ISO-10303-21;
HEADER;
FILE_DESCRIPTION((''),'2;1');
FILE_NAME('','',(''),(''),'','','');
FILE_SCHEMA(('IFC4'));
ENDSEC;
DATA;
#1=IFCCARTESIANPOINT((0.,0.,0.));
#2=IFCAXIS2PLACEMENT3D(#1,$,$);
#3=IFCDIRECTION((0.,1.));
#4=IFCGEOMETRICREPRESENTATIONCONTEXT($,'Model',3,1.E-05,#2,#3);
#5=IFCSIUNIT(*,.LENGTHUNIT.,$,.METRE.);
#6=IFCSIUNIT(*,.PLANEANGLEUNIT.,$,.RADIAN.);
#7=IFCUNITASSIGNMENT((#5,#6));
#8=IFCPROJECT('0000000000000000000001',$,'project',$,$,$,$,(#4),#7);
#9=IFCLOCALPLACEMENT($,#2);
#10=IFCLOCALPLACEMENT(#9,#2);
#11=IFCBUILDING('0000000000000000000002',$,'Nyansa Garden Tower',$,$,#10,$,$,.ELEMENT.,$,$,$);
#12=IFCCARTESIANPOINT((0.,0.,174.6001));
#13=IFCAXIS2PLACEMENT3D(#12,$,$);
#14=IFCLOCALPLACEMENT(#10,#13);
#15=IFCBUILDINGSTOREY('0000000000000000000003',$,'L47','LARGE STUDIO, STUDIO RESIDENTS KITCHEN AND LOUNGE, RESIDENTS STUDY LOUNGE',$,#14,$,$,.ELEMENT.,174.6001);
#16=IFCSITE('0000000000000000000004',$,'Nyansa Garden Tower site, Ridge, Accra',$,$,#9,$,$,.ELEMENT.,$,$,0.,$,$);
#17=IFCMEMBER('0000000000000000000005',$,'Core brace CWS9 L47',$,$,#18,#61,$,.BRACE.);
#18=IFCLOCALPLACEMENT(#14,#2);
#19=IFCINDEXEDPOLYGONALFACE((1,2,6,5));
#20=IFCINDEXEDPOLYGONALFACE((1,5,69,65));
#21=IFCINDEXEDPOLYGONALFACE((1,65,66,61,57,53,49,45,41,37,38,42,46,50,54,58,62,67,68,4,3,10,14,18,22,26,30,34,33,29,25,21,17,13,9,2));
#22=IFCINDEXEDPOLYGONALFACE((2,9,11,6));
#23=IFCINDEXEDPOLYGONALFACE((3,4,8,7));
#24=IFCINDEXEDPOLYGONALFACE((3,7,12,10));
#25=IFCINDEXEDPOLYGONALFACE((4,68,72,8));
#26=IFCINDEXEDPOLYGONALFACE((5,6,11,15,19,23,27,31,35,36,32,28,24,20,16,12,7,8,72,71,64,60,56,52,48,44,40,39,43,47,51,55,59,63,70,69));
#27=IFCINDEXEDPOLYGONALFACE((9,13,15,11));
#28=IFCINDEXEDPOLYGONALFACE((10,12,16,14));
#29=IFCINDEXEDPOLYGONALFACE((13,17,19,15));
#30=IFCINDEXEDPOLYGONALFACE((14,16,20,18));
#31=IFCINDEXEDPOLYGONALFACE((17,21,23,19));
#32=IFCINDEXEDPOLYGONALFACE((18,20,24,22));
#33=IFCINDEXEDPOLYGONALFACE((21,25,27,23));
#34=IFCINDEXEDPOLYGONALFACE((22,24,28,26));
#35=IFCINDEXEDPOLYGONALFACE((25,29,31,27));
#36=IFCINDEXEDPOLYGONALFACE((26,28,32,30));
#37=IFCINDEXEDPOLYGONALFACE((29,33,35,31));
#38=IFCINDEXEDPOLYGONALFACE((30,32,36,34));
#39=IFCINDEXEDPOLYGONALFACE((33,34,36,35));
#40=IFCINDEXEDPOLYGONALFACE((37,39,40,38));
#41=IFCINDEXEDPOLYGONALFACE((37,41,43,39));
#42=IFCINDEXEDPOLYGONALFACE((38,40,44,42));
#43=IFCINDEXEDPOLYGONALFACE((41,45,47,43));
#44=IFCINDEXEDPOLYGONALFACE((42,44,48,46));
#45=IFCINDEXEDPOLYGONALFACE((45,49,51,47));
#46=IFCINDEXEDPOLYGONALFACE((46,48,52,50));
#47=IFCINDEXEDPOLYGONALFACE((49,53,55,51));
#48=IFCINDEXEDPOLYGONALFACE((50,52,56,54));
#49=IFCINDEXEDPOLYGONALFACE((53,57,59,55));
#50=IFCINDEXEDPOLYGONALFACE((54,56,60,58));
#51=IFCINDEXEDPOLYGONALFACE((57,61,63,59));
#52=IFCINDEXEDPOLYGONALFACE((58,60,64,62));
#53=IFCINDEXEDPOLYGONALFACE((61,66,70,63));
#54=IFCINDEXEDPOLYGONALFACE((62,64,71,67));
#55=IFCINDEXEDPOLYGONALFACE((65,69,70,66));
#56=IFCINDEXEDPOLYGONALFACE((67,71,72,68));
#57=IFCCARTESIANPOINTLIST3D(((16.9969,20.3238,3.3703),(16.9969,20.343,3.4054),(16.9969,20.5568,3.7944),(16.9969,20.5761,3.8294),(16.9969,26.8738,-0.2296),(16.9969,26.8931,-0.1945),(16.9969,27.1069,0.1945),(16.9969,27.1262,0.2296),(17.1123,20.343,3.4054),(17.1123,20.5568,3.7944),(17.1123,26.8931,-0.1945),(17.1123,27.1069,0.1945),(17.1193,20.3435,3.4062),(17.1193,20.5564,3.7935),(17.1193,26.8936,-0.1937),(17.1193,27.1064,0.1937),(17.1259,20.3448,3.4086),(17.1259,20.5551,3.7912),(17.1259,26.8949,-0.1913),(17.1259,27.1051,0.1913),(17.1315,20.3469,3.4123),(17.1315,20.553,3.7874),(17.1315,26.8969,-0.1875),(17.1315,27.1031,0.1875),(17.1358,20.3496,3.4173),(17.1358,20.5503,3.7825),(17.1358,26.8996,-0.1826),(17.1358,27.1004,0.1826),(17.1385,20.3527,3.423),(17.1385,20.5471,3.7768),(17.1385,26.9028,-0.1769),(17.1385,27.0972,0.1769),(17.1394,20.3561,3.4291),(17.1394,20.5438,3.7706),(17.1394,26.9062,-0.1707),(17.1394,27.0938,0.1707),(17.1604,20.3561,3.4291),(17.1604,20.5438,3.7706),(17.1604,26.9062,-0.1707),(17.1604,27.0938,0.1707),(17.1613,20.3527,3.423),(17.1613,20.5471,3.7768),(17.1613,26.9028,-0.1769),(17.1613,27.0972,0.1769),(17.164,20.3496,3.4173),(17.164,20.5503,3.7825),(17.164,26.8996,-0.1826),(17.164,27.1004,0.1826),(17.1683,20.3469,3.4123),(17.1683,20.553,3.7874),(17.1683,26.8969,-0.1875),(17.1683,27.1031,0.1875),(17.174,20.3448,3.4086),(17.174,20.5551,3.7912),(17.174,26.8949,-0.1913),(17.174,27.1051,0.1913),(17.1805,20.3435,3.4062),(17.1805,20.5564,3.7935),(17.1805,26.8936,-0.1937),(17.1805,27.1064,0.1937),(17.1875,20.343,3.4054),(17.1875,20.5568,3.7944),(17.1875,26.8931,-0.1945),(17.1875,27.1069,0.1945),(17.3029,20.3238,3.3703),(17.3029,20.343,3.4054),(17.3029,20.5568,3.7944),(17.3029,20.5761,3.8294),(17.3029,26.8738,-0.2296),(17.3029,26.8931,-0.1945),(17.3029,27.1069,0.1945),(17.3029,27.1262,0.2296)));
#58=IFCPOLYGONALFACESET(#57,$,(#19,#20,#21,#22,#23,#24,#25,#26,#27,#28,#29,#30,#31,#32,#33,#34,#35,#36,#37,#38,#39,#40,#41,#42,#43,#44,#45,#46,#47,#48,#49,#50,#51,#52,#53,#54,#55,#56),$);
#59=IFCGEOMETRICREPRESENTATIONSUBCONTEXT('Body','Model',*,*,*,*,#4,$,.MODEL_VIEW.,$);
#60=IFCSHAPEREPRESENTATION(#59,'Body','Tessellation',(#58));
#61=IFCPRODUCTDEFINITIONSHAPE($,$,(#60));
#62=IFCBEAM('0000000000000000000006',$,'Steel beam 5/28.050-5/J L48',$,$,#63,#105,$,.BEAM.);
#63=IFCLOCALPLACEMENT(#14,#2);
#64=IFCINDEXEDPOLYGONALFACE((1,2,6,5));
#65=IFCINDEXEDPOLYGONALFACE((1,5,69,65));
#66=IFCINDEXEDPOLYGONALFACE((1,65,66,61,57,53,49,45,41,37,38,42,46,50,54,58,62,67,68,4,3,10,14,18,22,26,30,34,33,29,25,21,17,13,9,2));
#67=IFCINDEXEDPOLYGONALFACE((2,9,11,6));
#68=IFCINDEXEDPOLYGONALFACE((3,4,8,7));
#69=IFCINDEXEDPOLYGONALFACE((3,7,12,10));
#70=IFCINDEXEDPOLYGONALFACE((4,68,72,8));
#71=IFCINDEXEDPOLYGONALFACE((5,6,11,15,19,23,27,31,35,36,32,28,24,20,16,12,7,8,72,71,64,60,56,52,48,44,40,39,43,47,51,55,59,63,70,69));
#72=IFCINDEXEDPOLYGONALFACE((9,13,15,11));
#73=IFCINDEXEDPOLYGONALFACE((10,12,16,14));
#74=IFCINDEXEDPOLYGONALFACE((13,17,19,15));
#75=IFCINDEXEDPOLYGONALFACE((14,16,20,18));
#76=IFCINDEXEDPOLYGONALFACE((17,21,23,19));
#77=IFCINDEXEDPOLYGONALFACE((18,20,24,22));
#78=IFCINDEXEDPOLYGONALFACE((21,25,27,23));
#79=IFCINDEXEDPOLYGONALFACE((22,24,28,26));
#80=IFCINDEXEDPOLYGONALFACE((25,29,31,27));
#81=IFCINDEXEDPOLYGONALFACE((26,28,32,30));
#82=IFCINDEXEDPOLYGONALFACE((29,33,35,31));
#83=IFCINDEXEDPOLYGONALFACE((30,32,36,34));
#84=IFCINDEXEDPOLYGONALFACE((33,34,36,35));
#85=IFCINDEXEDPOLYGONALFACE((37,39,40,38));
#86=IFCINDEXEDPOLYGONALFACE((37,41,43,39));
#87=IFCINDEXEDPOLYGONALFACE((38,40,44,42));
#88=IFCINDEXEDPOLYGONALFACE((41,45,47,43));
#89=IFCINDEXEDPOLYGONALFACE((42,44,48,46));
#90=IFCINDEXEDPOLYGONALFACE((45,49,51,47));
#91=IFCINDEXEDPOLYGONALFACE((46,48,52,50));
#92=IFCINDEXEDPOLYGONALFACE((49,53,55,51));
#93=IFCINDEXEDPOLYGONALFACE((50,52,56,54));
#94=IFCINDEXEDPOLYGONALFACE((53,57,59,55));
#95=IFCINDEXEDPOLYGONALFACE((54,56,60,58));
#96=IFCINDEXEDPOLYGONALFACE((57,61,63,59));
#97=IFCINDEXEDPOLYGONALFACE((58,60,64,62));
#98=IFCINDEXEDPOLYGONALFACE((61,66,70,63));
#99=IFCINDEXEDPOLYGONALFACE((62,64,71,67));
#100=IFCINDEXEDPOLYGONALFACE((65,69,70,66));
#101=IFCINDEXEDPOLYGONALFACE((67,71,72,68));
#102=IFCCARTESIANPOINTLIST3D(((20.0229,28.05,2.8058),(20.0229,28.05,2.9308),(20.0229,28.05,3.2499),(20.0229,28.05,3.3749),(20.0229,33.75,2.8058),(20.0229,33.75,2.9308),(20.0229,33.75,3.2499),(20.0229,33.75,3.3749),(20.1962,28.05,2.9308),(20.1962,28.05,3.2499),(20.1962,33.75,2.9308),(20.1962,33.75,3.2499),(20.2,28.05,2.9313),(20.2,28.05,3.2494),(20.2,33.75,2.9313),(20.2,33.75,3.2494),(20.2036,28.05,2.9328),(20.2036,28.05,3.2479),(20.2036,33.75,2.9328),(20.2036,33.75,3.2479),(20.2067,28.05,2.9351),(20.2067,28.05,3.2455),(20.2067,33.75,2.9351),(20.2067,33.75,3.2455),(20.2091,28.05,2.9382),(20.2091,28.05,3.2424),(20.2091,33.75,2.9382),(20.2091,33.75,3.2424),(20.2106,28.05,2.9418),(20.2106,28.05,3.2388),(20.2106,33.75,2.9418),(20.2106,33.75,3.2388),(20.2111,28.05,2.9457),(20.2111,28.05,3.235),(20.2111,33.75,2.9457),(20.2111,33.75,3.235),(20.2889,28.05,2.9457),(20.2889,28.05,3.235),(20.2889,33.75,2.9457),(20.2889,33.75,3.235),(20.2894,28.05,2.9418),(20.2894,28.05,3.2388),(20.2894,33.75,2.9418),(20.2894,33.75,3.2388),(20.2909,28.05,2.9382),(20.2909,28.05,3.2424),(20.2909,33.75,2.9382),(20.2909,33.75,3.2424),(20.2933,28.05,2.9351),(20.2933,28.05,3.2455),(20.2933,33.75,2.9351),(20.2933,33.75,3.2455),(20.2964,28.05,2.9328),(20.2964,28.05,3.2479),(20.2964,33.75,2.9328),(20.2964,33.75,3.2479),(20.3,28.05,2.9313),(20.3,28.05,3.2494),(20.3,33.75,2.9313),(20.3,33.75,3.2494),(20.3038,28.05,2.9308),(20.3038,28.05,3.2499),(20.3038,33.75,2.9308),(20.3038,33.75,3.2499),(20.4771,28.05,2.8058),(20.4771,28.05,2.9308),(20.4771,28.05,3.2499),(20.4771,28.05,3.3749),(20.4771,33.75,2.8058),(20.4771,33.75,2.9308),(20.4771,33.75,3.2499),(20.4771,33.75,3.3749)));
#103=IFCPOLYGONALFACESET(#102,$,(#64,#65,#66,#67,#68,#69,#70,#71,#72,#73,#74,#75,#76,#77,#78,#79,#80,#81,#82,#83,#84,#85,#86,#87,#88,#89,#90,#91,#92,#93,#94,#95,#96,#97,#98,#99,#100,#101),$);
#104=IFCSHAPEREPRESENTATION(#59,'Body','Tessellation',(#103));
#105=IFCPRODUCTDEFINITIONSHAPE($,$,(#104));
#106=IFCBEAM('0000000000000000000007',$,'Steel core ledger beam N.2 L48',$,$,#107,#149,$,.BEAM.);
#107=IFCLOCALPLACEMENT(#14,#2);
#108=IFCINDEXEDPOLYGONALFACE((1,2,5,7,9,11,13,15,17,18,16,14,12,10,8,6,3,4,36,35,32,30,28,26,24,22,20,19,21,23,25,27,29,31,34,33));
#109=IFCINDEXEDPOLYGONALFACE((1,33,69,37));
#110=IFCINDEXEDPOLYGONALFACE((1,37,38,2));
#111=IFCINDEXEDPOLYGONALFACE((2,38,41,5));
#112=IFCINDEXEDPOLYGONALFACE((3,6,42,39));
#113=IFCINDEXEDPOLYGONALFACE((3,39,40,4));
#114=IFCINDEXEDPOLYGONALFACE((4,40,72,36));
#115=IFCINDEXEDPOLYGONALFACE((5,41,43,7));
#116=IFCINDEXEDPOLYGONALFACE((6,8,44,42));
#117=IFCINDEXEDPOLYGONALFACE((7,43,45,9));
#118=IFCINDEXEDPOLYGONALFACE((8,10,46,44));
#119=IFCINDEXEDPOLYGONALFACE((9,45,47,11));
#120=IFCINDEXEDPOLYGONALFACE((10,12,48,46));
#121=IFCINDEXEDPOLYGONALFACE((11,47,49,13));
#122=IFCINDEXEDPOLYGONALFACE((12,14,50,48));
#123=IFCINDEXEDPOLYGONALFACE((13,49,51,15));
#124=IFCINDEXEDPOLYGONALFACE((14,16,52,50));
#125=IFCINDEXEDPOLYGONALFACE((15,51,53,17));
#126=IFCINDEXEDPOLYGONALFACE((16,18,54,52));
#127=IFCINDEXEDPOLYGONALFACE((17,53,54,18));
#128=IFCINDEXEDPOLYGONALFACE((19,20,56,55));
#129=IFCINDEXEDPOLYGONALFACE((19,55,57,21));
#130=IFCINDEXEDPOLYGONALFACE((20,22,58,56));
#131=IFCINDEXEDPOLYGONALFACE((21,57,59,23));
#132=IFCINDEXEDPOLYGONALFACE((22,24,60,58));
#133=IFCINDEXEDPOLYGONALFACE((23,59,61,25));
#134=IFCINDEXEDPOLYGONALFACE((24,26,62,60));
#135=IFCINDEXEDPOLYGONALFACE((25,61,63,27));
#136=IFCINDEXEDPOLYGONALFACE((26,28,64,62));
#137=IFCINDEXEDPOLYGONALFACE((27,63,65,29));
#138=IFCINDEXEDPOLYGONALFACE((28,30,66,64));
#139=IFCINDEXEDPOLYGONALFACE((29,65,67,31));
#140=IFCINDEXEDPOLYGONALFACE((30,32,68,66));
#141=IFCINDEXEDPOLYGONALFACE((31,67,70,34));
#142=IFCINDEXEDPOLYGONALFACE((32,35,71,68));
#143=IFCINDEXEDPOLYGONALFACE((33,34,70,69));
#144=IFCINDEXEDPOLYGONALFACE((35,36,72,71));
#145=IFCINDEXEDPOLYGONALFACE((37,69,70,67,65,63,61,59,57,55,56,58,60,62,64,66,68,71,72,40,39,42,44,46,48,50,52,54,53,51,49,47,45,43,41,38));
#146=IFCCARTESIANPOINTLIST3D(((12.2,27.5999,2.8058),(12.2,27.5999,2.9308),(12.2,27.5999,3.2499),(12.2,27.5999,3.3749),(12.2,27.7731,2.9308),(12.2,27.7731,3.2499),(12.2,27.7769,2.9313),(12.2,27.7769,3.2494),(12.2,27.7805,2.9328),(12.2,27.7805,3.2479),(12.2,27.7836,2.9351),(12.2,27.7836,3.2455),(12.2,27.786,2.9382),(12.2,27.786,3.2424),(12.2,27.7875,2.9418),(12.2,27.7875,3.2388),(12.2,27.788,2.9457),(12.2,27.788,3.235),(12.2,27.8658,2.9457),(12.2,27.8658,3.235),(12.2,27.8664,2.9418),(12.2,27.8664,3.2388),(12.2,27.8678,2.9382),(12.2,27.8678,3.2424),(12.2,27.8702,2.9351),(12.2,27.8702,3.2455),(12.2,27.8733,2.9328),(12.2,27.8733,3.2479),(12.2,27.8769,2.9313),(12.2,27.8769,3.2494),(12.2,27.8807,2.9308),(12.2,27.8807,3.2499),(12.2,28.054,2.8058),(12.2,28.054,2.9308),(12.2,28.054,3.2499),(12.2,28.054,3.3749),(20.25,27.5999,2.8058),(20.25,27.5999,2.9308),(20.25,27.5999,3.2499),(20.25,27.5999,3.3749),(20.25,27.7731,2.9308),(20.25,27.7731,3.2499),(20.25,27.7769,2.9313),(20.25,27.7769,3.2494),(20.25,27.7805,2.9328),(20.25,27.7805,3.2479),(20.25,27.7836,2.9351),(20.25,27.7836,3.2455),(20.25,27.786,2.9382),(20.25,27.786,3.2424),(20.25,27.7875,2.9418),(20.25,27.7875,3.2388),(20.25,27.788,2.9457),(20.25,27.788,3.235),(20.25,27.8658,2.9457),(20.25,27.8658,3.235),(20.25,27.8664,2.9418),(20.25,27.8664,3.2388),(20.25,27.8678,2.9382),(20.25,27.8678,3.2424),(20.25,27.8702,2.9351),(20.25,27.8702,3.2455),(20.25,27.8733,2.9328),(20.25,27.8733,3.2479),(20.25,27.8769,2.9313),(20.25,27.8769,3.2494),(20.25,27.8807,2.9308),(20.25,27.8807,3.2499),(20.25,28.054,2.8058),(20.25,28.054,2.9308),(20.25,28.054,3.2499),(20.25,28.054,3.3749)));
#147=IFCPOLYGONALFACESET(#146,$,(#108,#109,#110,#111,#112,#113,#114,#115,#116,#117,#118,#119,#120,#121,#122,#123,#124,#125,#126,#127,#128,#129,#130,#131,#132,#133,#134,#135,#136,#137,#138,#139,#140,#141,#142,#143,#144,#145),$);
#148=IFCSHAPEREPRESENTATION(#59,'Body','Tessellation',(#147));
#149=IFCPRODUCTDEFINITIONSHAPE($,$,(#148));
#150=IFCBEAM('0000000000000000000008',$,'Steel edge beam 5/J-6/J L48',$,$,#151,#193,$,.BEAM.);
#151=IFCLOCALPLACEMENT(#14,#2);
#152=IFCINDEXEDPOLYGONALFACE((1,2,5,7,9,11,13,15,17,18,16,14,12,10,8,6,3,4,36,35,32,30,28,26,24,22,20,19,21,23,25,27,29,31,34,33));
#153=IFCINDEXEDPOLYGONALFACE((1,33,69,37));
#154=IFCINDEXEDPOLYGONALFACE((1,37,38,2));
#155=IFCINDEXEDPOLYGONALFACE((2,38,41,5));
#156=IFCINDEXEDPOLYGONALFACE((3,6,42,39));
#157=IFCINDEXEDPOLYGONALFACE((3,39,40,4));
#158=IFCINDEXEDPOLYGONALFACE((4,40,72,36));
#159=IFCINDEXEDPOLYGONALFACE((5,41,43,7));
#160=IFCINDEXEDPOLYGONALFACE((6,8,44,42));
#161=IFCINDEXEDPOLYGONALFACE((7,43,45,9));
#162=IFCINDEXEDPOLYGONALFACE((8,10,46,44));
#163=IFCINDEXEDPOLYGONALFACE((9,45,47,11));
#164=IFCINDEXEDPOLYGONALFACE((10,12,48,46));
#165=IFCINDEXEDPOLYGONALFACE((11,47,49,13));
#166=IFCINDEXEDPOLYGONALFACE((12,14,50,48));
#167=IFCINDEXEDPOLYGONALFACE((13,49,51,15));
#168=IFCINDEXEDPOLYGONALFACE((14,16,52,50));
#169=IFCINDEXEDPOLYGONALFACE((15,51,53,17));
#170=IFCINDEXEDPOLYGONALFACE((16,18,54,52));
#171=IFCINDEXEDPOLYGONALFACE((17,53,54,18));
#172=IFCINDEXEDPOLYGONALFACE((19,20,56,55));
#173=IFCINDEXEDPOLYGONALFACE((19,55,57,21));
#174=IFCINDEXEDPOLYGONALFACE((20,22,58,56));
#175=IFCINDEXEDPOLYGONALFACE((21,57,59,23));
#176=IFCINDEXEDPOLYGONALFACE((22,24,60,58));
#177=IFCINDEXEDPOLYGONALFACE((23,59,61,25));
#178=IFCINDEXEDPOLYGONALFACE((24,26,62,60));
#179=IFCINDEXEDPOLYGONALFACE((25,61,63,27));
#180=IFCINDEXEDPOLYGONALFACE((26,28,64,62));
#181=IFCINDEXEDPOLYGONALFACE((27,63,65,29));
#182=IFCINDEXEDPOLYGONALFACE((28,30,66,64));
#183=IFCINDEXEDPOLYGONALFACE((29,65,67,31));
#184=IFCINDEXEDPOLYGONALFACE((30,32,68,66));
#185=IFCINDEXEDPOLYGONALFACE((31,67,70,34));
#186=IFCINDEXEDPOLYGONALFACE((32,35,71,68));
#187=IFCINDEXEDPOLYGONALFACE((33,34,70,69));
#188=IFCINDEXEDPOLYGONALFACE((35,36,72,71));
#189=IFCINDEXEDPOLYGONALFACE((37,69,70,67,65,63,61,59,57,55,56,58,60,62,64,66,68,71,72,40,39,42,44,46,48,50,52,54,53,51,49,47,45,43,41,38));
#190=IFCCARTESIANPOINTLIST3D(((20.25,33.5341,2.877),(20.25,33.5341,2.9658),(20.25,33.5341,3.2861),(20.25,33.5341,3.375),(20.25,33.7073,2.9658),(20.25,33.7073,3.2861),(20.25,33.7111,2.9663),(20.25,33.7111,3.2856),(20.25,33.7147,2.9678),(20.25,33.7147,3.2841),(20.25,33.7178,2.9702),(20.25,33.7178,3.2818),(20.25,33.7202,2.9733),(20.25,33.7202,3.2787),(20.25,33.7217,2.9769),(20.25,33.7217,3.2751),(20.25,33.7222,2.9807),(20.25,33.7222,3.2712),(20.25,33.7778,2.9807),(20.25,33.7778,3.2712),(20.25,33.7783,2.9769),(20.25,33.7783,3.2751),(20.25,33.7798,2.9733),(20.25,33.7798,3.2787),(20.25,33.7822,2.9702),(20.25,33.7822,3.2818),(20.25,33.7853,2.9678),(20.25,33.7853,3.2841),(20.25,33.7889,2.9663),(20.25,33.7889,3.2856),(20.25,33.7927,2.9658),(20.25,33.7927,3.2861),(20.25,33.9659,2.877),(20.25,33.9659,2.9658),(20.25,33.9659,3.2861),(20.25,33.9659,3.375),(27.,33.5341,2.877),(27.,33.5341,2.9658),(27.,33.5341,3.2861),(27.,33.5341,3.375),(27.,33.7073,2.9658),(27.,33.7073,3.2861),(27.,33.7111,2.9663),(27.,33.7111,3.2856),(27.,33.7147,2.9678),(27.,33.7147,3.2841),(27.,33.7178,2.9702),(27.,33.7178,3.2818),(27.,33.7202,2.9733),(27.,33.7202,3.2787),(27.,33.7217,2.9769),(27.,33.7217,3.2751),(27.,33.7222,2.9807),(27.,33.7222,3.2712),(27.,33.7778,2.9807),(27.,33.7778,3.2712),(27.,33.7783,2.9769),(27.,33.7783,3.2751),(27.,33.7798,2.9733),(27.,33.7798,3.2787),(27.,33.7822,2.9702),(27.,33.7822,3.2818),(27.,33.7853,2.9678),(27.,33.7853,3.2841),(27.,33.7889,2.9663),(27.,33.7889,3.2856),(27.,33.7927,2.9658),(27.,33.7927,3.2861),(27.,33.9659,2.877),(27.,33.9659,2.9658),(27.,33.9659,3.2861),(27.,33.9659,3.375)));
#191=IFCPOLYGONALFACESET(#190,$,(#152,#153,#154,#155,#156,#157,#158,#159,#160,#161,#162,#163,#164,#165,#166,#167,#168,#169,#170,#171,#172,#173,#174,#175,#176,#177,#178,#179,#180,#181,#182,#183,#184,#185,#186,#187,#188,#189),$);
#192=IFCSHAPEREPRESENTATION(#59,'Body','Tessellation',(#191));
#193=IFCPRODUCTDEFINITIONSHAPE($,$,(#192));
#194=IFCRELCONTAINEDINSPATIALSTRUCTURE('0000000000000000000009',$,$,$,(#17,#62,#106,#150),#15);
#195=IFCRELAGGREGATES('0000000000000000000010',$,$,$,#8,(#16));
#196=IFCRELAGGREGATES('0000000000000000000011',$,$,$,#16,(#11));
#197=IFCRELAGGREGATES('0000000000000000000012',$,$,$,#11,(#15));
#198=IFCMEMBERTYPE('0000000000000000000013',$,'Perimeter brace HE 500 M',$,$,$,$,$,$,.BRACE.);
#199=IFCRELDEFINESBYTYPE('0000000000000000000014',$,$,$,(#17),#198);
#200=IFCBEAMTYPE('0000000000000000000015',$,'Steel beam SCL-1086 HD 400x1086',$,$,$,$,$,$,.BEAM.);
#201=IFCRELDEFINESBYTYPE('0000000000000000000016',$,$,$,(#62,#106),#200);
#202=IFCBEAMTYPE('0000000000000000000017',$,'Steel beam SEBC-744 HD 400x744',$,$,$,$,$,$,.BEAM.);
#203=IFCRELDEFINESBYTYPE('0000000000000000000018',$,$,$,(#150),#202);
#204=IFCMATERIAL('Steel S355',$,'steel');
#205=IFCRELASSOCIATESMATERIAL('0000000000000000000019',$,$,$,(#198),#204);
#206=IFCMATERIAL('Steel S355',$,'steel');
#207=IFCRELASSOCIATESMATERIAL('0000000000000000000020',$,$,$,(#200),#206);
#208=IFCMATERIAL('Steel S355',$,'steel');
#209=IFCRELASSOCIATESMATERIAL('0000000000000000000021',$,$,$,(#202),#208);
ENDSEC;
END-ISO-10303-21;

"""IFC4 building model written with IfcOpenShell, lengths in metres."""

from ifc_helpers import new_model, si_unit, direction, frame, origin, origin_2d, place, context, subcontext, project, spatial, i_section, extrude, material, material_profile, profile_set, type_object, element, save


model = new_model("IFC4")

# Units and contexts
model_context = context("Model", 3, precision=1e-05, world=origin(), true_north=direction((0.0, 1.0)))
body_context = subcontext(model_context, "Body", "Model", "MODEL_VIEW")
ifc_project = project(units=[si_unit("LENGTHUNIT", "METRE"), si_unit("PLANEANGLEUNIT", "RADIAN")], contexts=[model_context])

# Site, building, storey
site_placement = place(None, origin())
site = spatial("IfcSite", under=ifc_project, at=site_placement, Name="Nyansa Garden Tower site, Ridge, Accra", CompositionType="ELEMENT", RefElevation=0.0)
building_placement = place(site_placement, origin())
building = spatial("IfcBuilding", under=site, at=building_placement, Name="Nyansa Garden Tower", CompositionType="ELEMENT")
storey_placement = place(building_placement, frame((0.0, 0.0, 174.6001)))
storey = spatial("IfcBuildingStorey", under=building, at=storey_placement, Name="L47", Description="LARGE STUDIO, STUDIO RESIDENTS KITCHEN AND LOUNGE, RESIDENTS STUDY LOUNGE", CompositionType="ELEMENT", Elevation=174.6001)

# Member
ifc_material_1 = material(Name="Steel S355", Category="steel")
ifc_material_profile_1 = material_profile(ifc_material_1, i_section(OverallWidth=0.3059, OverallDepth=0.5239, WebThickness=0.021, FlangeThickness=0.04, FilletRadius=0.0271, at=origin_2d()), Name="HE 500 M")
ifc_profile_set_1 = profile_set([ifc_material_profile_1], Name="Steel S355")
member_type_1 = type_object("IfcMemberType", Name="Perimeter brace HE 500 M", PredefinedType="BRACE", material=ifc_profile_set_1)
member_1_placement = place(storey_placement, frame((17.1499, 27.0, 0.0), z_axis=(0.0, -0.876367, 0.481644), x_axis=(1.0, 0.0, 0.0)))
element("IfcMember", 1, at=member_1_placement, inside=storey, type_object=member_type_1, Name="Core brace CWS9 L47", PredefinedType="BRACE", context=body_context, shape_type="SweptSolid", body=[
    extrude(i_section(OverallWidth=0.3059, OverallDepth=0.5239, WebThickness=0.021, FlangeThickness=0.04, FilletRadius=0.0271, at=origin_2d()), origin(), (0.0, 0.0, 1.0), 7.4741),
])

# Beams
ifc_material_2 = material(Name="Steel S355", Category="steel")
ifc_material_profile_2 = material_profile(ifc_material_2, i_section(OverallWidth=0.4541, OverallDepth=0.5691, WebThickness=0.0779, FlangeThickness=0.125, FilletRadius=0.0149, at=origin_2d()), Name="HD 400x1086")
ifc_profile_set_2 = profile_set([ifc_material_profile_2], Name="Steel S355")
beam_type_1 = type_object("IfcBeamType", Name="Steel beam SCL-1086 HD 400x1086", PredefinedType="BEAM", material=ifc_profile_set_2)
beam_1_placement = place(storey_placement, frame((20.25, 28.05, 3.0903), z_axis=(0.0, 1.0, 0.0), x_axis=(-1.0, 0.0, 0.0)))
element("IfcBeam", 2, at=beam_1_placement, inside=storey, type_object=beam_type_1, Name="Steel beam 5/28.050-5/J L48", PredefinedType="BEAM", context=body_context, shape_type="SweptSolid", body=[
    extrude(i_section(OverallWidth=0.4541, OverallDepth=0.5691, WebThickness=0.0779, FlangeThickness=0.125, FilletRadius=0.0149, at=origin_2d()), origin(), (0.0, 0.0, 1.0), 5.7),
])
beam_2_placement = place(storey_placement, frame((20.25, 27.8269, 3.0903), z_axis=(-1.0, 0.0, 0.0), x_axis=(0.0, -1.0, 0.0)))
element("IfcBeam", 3, at=beam_2_placement, inside=storey, type_object=beam_type_1, Name="Steel core ledger beam N.2 L48", PredefinedType="BEAM", context=body_context, shape_type="SweptSolid", body=[
    extrude(i_section(OverallWidth=0.4541, OverallDepth=0.5691, WebThickness=0.0779, FlangeThickness=0.125, FilletRadius=0.0149, at=origin_2d()), origin(), (0.0, 0.0, 1.0), 8.05),
])
ifc_material_3 = material(Name="Steel S355", Category="steel")
ifc_material_profile_3 = material_profile(ifc_material_3, i_section(OverallWidth=0.4319, OverallDepth=0.498, WebThickness=0.0557, FlangeThickness=0.0889, FilletRadius=0.0149, at=origin_2d()), Name="HD 400x744")
ifc_profile_set_3 = profile_set([ifc_material_profile_3], Name="Steel S355")
beam_type_2 = type_object("IfcBeamType", Name="Steel beam SEBC-744 HD 400x744", PredefinedType="BEAM", material=ifc_profile_set_3)
beam_3_placement = place(storey_placement, frame((20.25, 33.75, 3.126), z_axis=(1.0, 0.0, 0.0), x_axis=(0.0, 1.0, 0.0)))
element("IfcBeam", 4, at=beam_3_placement, inside=storey, type_object=beam_type_2, Name="Steel edge beam 5/J-6/J L48", PredefinedType="BEAM", context=body_context, shape_type="SweptSolid", body=[
    extrude(i_section(OverallWidth=0.4319, OverallDepth=0.498, WebThickness=0.0557, FlangeThickness=0.0889, FilletRadius=0.0149, at=origin_2d()), origin(), (0.0, 0.0, 1.0), 6.75),
])

save(model, "model.ifc")
